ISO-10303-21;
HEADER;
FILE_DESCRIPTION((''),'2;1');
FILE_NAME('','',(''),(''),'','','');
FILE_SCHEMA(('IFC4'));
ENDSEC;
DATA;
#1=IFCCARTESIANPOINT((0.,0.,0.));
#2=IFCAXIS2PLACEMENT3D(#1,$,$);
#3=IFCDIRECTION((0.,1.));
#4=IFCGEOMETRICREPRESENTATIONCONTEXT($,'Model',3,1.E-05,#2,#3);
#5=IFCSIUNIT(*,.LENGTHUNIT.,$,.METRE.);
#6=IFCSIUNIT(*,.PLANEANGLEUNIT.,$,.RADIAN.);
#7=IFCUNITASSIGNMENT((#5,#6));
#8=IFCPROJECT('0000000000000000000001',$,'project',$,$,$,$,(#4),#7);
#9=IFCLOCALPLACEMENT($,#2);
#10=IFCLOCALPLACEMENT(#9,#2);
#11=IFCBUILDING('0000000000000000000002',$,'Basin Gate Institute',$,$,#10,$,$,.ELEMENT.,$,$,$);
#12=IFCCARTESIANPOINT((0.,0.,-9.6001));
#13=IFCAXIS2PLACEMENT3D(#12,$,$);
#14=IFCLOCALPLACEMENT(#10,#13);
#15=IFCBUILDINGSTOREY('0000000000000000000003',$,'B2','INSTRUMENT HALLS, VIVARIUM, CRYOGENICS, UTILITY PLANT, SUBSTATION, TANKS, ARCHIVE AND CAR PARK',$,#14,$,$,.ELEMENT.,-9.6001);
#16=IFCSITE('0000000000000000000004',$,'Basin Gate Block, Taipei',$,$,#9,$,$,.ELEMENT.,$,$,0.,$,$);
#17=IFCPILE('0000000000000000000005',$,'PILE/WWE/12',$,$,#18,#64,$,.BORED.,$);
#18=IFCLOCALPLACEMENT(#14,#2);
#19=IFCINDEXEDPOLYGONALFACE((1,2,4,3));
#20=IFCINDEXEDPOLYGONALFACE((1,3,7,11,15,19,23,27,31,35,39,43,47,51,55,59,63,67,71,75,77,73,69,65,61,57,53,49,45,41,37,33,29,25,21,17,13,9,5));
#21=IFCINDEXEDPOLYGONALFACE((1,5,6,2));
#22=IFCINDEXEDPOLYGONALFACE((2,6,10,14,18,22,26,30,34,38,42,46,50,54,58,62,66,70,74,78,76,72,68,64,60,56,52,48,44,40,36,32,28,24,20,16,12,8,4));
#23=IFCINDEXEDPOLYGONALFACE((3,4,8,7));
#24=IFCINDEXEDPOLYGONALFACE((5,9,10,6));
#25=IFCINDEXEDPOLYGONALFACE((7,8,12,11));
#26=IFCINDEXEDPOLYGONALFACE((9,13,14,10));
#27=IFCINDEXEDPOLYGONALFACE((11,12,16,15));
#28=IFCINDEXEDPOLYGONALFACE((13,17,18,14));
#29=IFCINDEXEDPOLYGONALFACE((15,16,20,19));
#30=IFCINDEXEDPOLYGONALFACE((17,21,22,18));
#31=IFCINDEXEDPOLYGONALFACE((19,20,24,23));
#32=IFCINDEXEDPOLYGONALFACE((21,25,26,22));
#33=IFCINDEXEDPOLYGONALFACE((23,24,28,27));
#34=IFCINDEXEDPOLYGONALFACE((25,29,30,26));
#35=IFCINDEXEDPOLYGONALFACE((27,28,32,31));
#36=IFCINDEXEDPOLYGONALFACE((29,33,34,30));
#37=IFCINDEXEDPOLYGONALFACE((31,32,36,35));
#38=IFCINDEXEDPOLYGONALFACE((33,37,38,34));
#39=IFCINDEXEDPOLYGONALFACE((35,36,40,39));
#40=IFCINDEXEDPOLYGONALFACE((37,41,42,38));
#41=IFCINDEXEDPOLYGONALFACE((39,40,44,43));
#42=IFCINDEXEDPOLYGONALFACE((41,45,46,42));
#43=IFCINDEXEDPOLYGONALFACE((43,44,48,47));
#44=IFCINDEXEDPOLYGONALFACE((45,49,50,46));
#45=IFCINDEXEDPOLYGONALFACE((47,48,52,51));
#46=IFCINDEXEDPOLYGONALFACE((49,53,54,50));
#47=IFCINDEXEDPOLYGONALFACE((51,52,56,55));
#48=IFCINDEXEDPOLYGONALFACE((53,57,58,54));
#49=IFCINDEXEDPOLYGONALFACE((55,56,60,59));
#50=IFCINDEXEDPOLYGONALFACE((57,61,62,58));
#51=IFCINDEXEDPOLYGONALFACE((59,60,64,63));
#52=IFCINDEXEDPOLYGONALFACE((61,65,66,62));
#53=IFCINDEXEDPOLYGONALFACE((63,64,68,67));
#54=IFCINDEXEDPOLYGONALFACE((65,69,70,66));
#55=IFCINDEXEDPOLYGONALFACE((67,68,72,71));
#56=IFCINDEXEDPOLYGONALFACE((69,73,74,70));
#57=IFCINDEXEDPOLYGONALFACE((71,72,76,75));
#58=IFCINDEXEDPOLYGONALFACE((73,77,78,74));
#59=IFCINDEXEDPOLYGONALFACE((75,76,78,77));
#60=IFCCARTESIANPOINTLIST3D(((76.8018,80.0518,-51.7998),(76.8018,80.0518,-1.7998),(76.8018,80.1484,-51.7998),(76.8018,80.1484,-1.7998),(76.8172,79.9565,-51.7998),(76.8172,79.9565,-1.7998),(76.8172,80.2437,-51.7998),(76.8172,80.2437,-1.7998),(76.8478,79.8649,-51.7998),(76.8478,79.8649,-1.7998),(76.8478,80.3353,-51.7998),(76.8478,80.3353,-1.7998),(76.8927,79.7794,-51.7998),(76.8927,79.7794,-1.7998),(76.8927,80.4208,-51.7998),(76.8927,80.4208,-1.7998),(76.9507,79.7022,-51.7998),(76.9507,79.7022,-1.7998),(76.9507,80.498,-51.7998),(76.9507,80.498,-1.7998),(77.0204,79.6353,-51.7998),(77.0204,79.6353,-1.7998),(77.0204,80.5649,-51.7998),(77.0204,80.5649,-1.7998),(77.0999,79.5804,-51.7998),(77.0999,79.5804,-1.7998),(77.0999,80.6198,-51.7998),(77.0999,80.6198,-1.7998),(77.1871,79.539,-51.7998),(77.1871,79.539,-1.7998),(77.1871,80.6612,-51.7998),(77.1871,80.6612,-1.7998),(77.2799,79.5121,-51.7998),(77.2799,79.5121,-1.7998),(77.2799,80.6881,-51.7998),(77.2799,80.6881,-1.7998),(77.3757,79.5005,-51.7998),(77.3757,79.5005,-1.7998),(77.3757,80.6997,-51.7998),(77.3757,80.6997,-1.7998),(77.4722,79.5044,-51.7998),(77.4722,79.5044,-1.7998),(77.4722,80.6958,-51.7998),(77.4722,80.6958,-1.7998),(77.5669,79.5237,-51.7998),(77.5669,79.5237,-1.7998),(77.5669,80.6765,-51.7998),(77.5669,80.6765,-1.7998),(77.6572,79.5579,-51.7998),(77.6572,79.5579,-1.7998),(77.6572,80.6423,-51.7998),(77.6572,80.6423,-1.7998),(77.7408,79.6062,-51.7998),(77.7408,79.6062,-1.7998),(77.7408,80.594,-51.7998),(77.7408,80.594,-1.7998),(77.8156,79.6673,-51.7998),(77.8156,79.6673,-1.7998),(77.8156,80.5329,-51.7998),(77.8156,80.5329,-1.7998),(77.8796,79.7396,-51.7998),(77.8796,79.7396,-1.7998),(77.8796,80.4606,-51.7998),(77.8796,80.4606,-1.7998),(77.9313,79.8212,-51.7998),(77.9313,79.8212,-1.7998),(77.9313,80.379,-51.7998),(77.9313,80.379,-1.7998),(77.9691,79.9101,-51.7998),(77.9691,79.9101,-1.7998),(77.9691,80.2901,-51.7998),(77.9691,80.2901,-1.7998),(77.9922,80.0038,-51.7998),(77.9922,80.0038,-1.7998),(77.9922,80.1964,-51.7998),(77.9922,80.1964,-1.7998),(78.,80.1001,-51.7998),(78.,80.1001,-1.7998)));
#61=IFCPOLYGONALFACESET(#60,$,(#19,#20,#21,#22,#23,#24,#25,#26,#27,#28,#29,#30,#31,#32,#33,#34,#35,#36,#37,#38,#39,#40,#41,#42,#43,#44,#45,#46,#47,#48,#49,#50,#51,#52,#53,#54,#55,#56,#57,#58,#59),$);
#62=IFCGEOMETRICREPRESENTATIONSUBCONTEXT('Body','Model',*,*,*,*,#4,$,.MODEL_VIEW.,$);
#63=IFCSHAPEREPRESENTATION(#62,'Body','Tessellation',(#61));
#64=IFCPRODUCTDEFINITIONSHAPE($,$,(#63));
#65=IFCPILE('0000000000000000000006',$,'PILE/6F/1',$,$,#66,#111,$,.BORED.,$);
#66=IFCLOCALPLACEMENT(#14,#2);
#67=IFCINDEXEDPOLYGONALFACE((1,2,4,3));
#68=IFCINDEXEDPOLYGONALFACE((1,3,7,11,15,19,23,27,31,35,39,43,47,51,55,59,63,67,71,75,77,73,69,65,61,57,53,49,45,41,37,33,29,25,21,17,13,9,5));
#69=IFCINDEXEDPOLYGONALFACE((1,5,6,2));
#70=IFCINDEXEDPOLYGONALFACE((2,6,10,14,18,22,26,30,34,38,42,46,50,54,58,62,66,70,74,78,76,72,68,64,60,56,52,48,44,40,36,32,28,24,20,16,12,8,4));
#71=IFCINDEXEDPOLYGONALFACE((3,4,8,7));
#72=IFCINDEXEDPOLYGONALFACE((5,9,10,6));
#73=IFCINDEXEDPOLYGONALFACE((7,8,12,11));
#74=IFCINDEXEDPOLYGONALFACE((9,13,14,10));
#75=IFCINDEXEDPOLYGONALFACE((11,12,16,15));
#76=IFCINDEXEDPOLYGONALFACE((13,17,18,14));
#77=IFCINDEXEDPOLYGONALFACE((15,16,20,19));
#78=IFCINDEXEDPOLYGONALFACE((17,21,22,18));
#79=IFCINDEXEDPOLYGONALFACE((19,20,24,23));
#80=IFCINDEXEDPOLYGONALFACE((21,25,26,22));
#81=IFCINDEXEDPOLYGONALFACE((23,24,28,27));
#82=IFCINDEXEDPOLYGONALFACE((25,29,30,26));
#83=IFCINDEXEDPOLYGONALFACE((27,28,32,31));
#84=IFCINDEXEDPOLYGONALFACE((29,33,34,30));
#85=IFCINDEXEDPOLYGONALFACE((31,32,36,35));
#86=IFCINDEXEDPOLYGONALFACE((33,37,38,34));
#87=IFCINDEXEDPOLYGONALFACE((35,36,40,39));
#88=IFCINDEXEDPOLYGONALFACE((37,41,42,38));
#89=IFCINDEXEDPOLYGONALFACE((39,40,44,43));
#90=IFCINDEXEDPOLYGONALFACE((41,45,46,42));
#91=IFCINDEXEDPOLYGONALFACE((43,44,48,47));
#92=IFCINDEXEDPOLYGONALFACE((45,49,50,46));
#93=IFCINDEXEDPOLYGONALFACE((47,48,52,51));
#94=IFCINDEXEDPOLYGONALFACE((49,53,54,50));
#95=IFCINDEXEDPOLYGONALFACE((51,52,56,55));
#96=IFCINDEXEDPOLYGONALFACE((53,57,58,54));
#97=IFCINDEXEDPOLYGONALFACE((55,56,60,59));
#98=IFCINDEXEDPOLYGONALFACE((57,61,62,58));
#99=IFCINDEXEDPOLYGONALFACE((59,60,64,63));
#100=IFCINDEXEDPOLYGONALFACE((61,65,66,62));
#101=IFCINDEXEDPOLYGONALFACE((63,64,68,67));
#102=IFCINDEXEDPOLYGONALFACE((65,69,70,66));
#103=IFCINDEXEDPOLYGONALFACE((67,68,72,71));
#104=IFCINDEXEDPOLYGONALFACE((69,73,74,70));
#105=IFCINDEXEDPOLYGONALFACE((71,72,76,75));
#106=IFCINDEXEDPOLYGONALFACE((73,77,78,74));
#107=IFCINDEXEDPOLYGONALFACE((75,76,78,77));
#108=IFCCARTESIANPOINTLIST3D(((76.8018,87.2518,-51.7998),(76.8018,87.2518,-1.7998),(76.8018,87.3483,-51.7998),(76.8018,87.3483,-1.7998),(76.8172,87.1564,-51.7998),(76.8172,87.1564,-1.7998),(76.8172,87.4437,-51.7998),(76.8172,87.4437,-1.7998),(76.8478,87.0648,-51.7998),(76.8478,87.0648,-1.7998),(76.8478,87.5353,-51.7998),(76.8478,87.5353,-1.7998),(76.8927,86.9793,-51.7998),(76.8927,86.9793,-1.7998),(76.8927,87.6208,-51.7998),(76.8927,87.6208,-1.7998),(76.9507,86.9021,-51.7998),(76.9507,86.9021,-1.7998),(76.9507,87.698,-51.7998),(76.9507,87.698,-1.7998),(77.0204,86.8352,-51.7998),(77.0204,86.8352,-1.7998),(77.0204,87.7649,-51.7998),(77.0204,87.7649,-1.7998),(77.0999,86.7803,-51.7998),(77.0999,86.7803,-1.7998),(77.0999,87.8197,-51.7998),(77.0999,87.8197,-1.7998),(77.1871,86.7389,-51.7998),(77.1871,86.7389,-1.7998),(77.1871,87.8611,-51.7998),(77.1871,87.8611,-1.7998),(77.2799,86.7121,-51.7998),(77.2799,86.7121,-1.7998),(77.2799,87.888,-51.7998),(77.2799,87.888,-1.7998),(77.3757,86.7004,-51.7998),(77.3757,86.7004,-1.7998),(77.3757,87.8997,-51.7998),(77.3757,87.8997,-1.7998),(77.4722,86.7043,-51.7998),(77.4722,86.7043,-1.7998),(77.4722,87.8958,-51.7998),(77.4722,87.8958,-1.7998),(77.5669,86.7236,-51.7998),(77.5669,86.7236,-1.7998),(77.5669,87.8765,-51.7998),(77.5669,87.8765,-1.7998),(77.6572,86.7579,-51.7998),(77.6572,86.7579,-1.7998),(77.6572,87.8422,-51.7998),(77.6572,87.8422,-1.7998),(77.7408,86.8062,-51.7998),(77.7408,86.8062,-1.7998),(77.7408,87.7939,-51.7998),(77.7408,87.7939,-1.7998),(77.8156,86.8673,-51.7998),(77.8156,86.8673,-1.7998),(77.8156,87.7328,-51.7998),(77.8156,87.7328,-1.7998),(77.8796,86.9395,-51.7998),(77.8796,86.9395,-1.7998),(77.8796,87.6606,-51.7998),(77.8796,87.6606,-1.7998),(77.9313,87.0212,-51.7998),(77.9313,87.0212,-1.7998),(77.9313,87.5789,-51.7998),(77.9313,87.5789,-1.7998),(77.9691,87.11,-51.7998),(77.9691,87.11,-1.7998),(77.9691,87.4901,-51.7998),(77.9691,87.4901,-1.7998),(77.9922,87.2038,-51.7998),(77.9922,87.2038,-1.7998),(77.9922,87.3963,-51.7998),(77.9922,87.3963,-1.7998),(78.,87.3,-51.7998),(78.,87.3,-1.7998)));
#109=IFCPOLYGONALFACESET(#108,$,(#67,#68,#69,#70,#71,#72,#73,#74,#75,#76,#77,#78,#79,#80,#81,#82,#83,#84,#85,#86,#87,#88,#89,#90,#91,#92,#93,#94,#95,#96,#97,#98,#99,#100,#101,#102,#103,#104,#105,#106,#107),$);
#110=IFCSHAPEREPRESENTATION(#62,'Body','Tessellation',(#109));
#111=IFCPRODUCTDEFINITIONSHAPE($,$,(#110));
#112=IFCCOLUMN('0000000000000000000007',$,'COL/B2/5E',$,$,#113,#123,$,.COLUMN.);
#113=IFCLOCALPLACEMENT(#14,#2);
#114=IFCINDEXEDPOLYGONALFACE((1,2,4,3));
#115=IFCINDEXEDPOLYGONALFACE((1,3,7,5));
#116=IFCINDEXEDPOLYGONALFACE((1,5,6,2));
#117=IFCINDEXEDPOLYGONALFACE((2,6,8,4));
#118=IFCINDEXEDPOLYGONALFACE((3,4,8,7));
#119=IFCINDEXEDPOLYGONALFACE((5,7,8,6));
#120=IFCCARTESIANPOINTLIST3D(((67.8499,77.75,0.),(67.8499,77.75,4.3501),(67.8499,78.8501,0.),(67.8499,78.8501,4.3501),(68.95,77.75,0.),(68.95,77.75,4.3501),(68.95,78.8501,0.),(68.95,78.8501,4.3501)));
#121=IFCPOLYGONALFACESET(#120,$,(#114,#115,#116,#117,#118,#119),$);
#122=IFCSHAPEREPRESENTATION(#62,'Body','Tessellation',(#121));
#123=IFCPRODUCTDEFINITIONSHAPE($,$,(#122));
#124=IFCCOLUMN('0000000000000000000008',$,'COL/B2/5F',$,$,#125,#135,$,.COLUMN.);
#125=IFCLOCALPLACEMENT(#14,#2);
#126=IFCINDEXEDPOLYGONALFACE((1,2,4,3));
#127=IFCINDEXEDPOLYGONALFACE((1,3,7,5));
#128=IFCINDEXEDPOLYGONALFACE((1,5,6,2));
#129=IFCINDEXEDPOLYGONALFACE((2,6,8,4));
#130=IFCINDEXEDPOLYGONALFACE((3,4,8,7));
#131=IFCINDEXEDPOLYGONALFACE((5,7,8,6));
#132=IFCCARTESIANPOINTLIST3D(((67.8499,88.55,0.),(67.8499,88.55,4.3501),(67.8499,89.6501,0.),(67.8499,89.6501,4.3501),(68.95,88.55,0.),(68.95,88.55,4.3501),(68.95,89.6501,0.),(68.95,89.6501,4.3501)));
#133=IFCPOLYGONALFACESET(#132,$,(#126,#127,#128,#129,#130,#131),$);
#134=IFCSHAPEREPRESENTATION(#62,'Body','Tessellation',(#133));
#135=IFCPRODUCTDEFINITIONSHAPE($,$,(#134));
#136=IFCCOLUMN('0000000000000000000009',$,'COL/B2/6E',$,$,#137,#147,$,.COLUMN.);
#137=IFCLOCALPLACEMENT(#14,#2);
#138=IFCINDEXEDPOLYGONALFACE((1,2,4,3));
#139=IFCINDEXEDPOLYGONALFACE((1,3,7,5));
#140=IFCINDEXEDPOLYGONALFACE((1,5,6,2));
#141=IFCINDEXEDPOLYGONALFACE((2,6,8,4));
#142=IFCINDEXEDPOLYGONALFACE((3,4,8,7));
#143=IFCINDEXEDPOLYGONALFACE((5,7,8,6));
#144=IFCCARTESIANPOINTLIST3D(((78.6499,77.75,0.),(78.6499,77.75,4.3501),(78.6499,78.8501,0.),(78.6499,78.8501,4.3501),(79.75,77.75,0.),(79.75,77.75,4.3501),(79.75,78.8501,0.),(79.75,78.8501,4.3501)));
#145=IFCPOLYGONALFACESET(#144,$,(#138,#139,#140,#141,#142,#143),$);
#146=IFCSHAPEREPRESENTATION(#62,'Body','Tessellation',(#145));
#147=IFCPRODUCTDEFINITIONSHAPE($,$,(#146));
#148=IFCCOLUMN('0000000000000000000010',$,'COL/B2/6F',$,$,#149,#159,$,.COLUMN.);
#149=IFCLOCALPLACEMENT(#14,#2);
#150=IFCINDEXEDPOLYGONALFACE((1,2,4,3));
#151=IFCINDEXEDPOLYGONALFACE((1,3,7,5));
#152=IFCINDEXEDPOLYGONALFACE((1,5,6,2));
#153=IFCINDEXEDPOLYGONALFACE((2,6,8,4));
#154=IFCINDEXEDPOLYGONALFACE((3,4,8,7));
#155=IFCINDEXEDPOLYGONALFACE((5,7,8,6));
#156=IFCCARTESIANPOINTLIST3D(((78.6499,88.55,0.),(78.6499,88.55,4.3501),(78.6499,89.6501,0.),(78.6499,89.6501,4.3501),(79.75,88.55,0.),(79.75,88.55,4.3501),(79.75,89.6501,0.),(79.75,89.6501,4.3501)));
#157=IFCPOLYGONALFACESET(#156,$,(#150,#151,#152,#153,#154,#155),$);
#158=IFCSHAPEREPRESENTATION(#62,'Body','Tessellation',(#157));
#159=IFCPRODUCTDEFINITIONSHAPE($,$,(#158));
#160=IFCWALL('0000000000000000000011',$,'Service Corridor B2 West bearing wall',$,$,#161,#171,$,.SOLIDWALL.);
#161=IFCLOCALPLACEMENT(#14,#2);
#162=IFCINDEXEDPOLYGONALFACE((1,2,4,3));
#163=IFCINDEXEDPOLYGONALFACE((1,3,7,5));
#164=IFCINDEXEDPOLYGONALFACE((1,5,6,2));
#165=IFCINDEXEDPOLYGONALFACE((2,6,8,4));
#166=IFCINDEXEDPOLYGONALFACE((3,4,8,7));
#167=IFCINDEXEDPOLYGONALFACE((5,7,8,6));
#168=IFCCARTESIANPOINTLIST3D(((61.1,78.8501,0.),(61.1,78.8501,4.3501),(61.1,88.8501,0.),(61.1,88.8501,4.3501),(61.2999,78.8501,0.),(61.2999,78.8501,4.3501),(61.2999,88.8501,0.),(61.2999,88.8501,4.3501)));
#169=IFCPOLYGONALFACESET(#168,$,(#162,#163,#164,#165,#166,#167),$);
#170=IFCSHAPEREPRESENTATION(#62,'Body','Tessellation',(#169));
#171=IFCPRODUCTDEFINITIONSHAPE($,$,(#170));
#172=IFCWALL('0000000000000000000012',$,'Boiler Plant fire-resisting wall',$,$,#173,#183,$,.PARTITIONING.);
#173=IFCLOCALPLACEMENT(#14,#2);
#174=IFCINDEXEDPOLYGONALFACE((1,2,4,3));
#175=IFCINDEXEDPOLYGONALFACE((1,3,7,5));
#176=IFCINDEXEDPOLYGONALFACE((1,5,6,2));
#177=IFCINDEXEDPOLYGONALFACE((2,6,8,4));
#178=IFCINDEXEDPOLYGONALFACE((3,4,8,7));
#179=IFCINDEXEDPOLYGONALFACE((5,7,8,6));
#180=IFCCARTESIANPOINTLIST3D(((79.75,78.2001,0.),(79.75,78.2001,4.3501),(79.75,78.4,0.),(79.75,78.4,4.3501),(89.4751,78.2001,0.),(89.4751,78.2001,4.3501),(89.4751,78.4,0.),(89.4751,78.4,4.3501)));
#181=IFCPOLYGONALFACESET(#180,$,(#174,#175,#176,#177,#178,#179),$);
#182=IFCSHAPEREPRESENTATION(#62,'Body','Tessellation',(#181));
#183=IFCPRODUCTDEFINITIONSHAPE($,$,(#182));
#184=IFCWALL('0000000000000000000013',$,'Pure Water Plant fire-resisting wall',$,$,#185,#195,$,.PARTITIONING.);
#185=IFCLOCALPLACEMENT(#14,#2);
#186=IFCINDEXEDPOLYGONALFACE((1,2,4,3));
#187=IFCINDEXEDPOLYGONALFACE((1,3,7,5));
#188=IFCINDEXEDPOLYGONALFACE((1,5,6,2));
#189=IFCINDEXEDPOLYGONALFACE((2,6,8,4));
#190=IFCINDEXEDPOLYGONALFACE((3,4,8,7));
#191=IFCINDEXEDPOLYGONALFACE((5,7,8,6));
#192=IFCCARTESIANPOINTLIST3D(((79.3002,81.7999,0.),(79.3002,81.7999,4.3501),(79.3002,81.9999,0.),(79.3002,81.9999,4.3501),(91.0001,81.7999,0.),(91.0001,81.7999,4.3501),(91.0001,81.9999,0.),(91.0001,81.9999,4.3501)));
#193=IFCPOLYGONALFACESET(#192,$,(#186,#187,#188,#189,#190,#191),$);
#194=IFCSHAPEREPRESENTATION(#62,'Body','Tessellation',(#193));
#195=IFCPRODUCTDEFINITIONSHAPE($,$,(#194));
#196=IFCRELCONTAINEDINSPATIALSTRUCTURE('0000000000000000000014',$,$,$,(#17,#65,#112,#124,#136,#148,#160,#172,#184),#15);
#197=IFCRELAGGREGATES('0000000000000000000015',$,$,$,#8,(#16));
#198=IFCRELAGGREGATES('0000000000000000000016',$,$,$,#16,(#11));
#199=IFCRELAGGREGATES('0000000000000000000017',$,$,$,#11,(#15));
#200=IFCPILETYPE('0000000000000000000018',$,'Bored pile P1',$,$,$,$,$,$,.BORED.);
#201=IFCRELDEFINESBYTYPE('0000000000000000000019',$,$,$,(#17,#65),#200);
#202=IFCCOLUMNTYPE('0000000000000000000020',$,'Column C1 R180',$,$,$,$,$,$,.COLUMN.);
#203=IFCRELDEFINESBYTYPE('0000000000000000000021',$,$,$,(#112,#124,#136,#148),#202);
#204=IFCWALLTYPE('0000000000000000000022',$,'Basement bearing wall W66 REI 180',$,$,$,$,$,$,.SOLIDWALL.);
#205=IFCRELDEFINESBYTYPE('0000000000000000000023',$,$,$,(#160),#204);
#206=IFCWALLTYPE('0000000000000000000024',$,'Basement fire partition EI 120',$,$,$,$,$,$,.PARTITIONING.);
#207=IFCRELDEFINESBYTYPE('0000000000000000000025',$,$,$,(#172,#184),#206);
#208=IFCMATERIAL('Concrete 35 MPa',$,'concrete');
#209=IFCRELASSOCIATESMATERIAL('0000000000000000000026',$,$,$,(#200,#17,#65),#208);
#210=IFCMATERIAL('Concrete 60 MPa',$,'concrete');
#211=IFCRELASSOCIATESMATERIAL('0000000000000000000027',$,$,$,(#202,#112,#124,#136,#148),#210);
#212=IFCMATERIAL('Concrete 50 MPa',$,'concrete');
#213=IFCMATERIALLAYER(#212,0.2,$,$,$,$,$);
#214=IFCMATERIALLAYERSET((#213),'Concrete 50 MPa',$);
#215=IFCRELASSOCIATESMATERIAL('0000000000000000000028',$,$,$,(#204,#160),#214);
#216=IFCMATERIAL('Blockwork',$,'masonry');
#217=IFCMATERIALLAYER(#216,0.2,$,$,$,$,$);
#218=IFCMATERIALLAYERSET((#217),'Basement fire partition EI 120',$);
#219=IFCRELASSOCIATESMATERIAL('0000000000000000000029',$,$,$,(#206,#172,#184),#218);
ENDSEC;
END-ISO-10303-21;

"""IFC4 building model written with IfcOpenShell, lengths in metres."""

from ifc_helpers import new_model, si_unit, direction, frame, frame_2d, origin, origin_2d, place, context, subcontext, project, spatial, rectangle, circle, extrude, material, layer, layer_set, material_profile, profile_set, type_object, element, save


model = new_model("IFC4")

# Units and contexts
model_context = context("Model", 3, precision=1e-05, world=origin(), true_north=direction((0.0, 1.0)))
body_context = subcontext(model_context, "Body", "Model", "MODEL_VIEW")
ifc_project = project(units=[si_unit("LENGTHUNIT", "METRE"), si_unit("PLANEANGLEUNIT", "RADIAN")], contexts=[model_context])

# Site, building, storey
site_placement = place(None, origin())
site = spatial("IfcSite", under=ifc_project, at=site_placement, Name="Basin Gate Block, Taipei", CompositionType="ELEMENT", RefElevation=0.0)
building_placement = place(site_placement, origin())
building = spatial("IfcBuilding", under=site, at=building_placement, Name="Basin Gate Institute", CompositionType="ELEMENT")
storey_placement = place(building_placement, frame((0.0, 0.0, -9.6001)))
storey = spatial("IfcBuildingStorey", under=building, at=storey_placement, Name="B2", Description="INSTRUMENT HALLS, VIVARIUM, CRYOGENICS, UTILITY PLANT, SUBSTATION, TANKS, ARCHIVE AND CAR PARK", CompositionType="ELEMENT", Elevation=-9.6001)

# Piles
ifc_material_1 = material(Name="Concrete 35 MPa", Category="concrete")
ifc_material_profile_1 = material_profile(ifc_material_1, circle(Radius=0.6001, at=origin_2d()), Name="Bored pile P1 1200 dia")
ifc_profile_set_1 = profile_set([ifc_material_profile_1], Name="Concrete 35 MPa")
pile_type = type_object("IfcPileType", Name="Bored pile P1", PredefinedType="BORED", material=ifc_profile_set_1)
for number, where, z_axis, x_axis, name in (
    (1, (77.3999, 80.1001, -1.7998), (0.0, 0.0, -1.0), (1.0, 0.0, 0.0), "PILE/WWE/12"),
    (2, (77.3999, 87.3, -1.7998), (0.0, 0.0, -1.0), (1.0, 0.0, 0.0), "PILE/6F/1"),
):
    element("IfcPile", number, at=place(storey_placement, frame(where, z_axis=z_axis, x_axis=x_axis)), inside=storey, type_object=pile_type, material=ifc_profile_set_1, Name=name, PredefinedType="BORED", context=body_context, shape_type="SweptSolid", body=[
        extrude(circle(Radius=0.6001, at=origin_2d()), origin(), (0.0, 0.0, 1.0), 50.0),
    ])

# Columns
ifc_material_2 = material(Name="Concrete 60 MPa", Category="concrete")
ifc_material_profile_2 = material_profile(ifc_material_2, rectangle(XDim=1.1001, YDim=1.1001, at=origin_2d()), Name="Column C1 1100 x 1100")
ifc_profile_set_2 = profile_set([ifc_material_profile_2], Name="Concrete 60 MPa")
column_type = type_object("IfcColumnType", Name="Column C1 R180", PredefinedType="COLUMN", material=ifc_profile_set_2)
for number, where, z_axis, x_axis, name in (
    (3, (68.3999, 78.3, 0.0), (0.0, 0.0, 1.0), (1.0, 0.0, 0.0), "COL/B2/5E"),
    (4, (68.3999, 89.1001, 0.0), (0.0, 0.0, 1.0), (1.0, 0.0, 0.0), "COL/B2/5F"),
    (5, (79.2, 78.3, 0.0), (0.0, 0.0, 1.0), (1.0, 0.0, 0.0), "COL/B2/6E"),
    (6, (79.2, 89.1001, 0.0), (0.0, 0.0, 1.0), (1.0, 0.0, 0.0), "COL/B2/6F"),
):
    element("IfcColumn", number, at=place(storey_placement, frame(where, z_axis=z_axis, x_axis=x_axis)), inside=storey, type_object=column_type, material=ifc_profile_set_2, Name=name, PredefinedType="COLUMN", context=body_context, shape_type="SweptSolid", body=[
        extrude(rectangle(XDim=1.1001, YDim=1.1001, at=origin_2d()), origin(), (0.0, 0.0, 1.0), 4.3501),
    ])

# Walls
ifc_material_3 = material(Name="Concrete 50 MPa", Category="concrete")
ifc_layer_1 = layer(ifc_material_3, 0.2)
ifc_layer_set_1 = layer_set([ifc_layer_1], Name="Concrete 50 MPa")
wall_type_1 = type_object("IfcWallType", Name="Basement bearing wall W66 REI 180", PredefinedType="SOLIDWALL", material=ifc_layer_set_1)
wall_1_placement = place(storey_placement, frame((61.2, 78.8501, 0.0), z_axis=(0.0, 0.0, 1.0), x_axis=(0.0, 1.0, 0.0)))
element("IfcWall", 7, at=wall_1_placement, inside=storey, type_object=wall_type_1, material=ifc_layer_set_1, Name="Service Corridor B2 West bearing wall", PredefinedType="SOLIDWALL", context=body_context, shape_type="SweptSolid", body=[
    extrude(rectangle(XDim=10.0, YDim=0.2, at=frame_2d((5.0, 0.0))), origin(), (0.0, 0.0, 1.0), 4.3501),
])
ifc_material_4 = material(Name="Blockwork", Category="masonry")
ifc_layer_2 = layer(ifc_material_4, 0.2)
ifc_layer_set_2 = layer_set([ifc_layer_2], Name="Basement fire partition EI 120")
wall_type_2 = type_object("IfcWallType", Name="Basement fire partition EI 120", PredefinedType="PARTITIONING", material=ifc_layer_set_2)
wall_2_placement = place(storey_placement, frame((79.75, 78.3, 0.0), z_axis=(0.0, 0.0, 1.0), x_axis=(1.0, 0.0, 0.0)))
element("IfcWall", 8, at=wall_2_placement, inside=storey, type_object=wall_type_2, material=ifc_layer_set_2, Name="Boiler Plant fire-resisting wall", PredefinedType="PARTITIONING", context=body_context, shape_type="SweptSolid", body=[
    extrude(rectangle(XDim=9.7251, YDim=0.2, at=frame_2d((4.8625, 0.0))), origin(), (0.0, 0.0, 1.0), 4.3501),
])
wall_3_placement = place(storey_placement, frame((79.3, 81.8999, 0.0), z_axis=(0.0, 0.0, 1.0), x_axis=(1.0, 0.0, 0.0)))
element("IfcWall", 9, at=wall_3_placement, inside=storey, type_object=wall_type_2, material=ifc_layer_set_2, Name="Pure Water Plant fire-resisting wall", PredefinedType="PARTITIONING", context=body_context, shape_type="SweptSolid", body=[
    extrude(rectangle(XDim=11.7, YDim=0.2, at=frame_2d((5.8501, 0.0))), origin(), (0.0, 0.0, 1.0), 4.3501),
])

save(model, "model.ifc")
